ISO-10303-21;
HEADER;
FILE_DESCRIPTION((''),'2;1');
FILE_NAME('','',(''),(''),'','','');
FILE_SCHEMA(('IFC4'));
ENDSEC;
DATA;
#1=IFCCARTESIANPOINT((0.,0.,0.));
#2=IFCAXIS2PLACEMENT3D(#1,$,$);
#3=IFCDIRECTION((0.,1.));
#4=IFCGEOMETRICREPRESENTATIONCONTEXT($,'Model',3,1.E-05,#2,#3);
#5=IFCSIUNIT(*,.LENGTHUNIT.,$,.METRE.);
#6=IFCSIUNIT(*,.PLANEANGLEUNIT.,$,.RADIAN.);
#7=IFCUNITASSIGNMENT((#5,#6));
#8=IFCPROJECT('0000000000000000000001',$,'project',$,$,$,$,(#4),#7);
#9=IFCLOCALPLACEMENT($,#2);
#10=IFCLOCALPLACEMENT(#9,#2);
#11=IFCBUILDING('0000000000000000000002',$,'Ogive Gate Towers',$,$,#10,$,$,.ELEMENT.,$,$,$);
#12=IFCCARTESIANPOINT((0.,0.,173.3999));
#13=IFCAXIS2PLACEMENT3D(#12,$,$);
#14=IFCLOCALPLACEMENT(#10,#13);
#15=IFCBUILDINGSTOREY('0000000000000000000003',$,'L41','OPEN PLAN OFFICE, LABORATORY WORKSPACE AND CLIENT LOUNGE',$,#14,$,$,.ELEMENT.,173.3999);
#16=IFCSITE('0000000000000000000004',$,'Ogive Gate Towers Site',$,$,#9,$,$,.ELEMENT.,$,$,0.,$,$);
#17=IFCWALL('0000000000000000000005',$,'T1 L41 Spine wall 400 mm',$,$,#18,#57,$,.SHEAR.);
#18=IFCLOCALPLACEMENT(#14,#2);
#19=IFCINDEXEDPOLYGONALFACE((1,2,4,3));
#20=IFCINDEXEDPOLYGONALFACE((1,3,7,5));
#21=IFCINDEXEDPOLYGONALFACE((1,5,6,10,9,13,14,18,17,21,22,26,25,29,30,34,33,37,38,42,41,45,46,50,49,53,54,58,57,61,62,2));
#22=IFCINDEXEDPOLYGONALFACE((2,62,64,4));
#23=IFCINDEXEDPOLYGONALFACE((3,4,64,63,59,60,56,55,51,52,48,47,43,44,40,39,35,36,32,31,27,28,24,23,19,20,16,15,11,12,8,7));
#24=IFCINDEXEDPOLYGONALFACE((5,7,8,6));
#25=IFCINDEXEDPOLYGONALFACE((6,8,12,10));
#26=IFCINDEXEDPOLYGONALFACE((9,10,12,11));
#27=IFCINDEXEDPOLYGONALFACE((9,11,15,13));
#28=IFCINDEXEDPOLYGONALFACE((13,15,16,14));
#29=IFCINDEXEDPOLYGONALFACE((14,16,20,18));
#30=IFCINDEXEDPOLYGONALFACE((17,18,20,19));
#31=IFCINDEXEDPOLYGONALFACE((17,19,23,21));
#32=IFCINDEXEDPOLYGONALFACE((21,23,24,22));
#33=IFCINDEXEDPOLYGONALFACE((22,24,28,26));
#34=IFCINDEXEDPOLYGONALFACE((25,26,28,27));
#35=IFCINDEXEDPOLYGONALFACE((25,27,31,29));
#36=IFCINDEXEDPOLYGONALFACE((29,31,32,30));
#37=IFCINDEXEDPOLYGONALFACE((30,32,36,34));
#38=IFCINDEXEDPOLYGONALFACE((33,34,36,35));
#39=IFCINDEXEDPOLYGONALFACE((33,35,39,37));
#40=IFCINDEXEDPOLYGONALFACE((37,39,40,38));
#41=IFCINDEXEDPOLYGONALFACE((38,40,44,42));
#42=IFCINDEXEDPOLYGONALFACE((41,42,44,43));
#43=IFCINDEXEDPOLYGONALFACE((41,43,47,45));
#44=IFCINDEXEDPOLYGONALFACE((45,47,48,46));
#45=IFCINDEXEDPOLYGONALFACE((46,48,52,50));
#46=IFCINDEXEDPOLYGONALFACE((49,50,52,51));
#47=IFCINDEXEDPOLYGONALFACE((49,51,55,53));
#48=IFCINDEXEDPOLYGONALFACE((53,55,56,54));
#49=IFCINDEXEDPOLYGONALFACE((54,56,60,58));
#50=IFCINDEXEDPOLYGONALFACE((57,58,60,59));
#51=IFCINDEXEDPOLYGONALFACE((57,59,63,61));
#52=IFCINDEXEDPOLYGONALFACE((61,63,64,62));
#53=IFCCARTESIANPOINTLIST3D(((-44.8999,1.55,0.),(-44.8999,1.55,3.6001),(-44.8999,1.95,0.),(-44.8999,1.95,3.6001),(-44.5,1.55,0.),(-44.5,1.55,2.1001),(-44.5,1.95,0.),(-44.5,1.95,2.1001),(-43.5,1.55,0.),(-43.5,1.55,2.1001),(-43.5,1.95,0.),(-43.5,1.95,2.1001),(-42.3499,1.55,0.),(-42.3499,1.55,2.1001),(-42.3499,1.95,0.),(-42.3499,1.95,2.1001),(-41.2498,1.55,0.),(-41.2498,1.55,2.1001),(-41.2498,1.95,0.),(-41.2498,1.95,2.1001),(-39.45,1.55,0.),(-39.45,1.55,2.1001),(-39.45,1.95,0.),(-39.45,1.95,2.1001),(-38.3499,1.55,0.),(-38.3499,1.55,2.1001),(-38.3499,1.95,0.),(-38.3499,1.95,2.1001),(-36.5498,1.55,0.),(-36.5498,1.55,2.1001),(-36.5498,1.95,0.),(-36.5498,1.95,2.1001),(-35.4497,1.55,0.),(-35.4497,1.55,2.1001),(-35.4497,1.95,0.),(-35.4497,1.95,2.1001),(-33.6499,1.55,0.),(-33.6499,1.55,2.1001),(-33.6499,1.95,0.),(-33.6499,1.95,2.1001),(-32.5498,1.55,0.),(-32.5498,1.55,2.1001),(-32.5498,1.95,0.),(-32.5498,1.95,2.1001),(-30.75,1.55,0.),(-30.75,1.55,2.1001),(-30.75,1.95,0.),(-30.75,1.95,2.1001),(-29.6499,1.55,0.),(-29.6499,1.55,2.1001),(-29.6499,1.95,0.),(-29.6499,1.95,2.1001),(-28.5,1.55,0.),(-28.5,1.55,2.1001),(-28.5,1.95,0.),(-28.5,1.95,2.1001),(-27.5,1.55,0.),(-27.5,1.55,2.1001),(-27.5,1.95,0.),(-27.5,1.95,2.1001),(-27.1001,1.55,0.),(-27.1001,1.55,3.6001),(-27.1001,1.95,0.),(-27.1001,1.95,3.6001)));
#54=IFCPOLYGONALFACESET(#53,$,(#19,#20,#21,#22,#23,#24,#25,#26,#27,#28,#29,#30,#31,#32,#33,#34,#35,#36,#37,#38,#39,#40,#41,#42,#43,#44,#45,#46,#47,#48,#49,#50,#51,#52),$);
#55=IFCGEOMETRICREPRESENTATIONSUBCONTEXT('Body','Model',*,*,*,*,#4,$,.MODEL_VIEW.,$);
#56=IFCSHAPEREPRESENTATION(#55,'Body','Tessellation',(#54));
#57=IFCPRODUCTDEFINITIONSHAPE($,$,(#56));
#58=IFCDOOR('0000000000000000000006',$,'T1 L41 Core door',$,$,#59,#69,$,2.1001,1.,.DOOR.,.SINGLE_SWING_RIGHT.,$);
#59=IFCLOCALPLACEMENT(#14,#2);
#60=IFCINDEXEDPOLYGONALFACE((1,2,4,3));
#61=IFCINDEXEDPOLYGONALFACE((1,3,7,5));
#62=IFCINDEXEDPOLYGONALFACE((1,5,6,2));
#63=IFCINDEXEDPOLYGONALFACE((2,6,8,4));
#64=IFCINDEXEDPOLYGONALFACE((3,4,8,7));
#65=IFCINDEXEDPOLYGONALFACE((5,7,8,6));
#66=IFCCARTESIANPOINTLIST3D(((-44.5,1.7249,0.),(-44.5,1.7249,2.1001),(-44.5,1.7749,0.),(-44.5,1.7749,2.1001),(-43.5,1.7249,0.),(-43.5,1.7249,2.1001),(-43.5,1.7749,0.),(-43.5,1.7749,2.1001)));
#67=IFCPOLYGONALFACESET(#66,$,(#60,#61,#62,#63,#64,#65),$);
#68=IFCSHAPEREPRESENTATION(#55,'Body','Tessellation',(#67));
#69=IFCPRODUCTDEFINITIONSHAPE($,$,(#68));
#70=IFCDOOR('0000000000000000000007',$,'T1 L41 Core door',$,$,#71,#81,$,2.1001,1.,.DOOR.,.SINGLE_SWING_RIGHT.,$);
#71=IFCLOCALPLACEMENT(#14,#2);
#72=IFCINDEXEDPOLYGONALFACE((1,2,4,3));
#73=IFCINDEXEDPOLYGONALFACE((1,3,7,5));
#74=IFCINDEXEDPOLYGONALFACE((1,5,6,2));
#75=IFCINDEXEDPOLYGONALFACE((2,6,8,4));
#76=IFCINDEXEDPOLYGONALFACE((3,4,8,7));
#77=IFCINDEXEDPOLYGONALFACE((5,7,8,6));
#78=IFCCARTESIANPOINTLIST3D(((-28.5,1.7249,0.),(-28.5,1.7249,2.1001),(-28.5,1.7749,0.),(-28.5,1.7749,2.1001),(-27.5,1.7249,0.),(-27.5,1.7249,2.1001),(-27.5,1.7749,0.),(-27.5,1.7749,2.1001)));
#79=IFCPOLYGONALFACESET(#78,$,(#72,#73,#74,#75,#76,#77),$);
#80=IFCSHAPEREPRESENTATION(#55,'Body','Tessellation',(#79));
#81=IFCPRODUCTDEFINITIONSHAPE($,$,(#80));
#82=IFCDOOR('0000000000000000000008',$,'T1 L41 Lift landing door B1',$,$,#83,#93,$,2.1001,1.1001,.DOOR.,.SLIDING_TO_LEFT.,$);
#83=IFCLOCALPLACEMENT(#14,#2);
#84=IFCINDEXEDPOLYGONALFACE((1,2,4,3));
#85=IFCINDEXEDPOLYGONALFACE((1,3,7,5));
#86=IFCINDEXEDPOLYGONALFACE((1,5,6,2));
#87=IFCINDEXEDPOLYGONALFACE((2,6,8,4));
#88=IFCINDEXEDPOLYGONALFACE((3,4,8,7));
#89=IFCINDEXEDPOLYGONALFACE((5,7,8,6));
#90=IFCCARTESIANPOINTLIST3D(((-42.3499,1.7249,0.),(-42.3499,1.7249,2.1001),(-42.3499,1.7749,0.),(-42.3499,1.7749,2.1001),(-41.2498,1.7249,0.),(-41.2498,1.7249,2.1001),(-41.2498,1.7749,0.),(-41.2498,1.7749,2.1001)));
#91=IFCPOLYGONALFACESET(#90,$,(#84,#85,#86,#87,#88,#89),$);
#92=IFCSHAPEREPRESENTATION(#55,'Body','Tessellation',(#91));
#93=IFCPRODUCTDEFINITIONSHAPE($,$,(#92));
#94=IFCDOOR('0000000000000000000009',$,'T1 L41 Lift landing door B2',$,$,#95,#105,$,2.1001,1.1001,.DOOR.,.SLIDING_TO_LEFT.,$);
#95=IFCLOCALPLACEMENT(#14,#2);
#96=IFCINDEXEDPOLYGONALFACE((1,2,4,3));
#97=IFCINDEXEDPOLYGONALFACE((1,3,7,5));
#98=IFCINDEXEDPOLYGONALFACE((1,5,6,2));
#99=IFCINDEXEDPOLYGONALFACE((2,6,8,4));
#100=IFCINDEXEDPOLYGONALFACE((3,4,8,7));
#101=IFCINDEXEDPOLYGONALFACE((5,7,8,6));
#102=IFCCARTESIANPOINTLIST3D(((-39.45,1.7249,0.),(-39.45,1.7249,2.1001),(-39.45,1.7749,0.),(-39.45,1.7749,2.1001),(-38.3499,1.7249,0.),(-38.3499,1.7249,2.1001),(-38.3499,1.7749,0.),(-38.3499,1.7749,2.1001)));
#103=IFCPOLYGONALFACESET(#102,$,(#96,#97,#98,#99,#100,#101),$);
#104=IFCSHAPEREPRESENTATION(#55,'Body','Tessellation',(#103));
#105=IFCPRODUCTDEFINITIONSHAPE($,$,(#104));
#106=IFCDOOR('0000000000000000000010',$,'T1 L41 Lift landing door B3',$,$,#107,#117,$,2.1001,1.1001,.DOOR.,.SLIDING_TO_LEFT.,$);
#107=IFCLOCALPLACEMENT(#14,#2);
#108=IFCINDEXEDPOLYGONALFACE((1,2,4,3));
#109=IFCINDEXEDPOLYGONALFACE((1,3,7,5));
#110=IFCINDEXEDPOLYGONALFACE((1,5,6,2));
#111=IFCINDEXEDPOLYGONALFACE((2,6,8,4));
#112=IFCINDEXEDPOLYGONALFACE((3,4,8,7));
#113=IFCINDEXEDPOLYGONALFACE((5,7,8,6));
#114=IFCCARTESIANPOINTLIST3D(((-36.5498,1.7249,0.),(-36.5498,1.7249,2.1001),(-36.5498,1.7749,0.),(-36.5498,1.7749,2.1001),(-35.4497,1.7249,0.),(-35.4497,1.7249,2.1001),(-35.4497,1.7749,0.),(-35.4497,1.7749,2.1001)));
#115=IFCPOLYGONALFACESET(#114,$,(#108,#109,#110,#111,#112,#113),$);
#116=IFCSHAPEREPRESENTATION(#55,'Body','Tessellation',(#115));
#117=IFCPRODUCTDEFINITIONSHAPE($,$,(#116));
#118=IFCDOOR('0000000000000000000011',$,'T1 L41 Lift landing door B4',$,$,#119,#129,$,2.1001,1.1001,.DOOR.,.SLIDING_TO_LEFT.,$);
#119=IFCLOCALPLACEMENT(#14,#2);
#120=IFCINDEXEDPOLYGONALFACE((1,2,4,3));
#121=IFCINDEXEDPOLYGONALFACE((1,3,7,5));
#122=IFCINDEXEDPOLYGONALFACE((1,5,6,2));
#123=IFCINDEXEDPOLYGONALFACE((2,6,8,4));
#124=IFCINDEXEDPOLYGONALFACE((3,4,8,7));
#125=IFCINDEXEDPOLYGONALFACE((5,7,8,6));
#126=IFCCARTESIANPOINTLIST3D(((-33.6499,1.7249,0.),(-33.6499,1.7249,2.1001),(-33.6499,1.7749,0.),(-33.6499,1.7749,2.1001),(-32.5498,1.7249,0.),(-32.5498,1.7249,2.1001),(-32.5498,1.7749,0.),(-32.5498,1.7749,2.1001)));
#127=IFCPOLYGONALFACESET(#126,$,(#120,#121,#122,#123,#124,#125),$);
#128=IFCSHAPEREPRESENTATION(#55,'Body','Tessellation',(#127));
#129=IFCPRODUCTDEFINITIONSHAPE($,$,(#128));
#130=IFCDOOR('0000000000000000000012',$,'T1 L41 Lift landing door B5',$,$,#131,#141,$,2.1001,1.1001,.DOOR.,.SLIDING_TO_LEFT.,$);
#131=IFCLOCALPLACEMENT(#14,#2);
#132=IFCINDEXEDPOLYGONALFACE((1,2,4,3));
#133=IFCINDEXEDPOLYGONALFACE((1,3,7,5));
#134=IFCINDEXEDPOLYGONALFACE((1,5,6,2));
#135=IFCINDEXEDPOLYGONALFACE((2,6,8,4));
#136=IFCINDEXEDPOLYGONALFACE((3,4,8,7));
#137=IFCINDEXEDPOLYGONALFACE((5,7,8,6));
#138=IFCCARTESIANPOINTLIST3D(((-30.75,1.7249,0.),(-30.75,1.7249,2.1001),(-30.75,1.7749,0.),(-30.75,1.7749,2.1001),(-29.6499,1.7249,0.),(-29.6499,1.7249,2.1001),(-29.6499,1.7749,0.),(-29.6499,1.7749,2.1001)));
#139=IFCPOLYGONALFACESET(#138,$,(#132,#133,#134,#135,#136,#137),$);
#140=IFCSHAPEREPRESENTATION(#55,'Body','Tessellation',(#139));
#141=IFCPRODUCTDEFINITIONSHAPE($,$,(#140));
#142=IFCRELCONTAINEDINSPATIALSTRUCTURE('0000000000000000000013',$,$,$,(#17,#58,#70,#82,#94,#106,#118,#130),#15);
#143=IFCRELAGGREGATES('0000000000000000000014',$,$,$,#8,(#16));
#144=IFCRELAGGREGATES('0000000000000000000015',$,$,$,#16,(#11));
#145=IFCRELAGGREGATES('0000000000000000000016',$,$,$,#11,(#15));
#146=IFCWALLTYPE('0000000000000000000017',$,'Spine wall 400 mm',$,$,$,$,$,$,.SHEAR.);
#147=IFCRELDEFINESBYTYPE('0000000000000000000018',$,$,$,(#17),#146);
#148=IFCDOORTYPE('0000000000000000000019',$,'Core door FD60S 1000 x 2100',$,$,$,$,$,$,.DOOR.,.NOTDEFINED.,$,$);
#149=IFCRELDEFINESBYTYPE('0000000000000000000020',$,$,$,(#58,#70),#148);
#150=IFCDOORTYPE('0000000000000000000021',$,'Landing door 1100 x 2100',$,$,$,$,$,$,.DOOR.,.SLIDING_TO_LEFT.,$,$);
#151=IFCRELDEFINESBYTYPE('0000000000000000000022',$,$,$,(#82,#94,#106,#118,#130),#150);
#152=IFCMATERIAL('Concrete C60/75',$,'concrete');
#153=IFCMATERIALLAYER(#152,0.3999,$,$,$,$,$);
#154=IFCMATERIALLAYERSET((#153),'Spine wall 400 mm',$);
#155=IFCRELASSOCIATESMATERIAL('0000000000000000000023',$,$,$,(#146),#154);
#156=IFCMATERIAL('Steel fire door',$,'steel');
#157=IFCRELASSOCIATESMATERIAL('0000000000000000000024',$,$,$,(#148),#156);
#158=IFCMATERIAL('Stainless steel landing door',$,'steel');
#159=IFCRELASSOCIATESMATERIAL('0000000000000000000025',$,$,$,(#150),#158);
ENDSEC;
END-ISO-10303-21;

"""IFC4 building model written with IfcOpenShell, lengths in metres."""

from ifc_helpers import new_model, si_unit, direction, frame, frame_2d, origin, place, context, subcontext, project, spatial, rectangle, extrude, material, layer, layer_set, type_object, element, fill, save


model = new_model("IFC4")

# Units and contexts
model_context = context("Model", 3, precision=1e-05, world=origin(), true_north=direction((0.0, 1.0)))
body_context = subcontext(model_context, "Body", "Model", "MODEL_VIEW")
ifc_project = project(units=[si_unit("LENGTHUNIT", "METRE"), si_unit("PLANEANGLEUNIT", "RADIAN")], contexts=[model_context])

# Site, building, storey
site_placement = place(None, origin())
site = spatial("IfcSite", under=ifc_project, at=site_placement, Name="Ogive Gate Towers Site", CompositionType="ELEMENT", RefElevation=0.0)
building_placement = place(site_placement, origin())
building = spatial("IfcBuilding", under=site, at=building_placement, Name="Ogive Gate Towers", CompositionType="ELEMENT")
storey_placement = place(building_placement, frame((0.0, 0.0, 173.3999)))
storey = spatial("IfcBuildingStorey", under=building, at=storey_placement, Name="L41", Description="OPEN PLAN OFFICE, LABORATORY WORKSPACE AND CLIENT LOUNGE", CompositionType="ELEMENT", Elevation=173.3999)

# Shared definitions
ifc_material_1 = material(Name="Concrete C60/75", Category="concrete")

# Shared definitions
ifc_material_2 = material(Name="Stainless steel landing door", Category="steel")

# Wall, openings, doors
ifc_layer_1 = layer(ifc_material_1, 0.3999)
ifc_layer_set_1 = layer_set([ifc_layer_1], Name="Spine wall 400 mm")
wall_type_1 = type_object("IfcWallType", Name="Spine wall 400 mm", PredefinedType="SHEAR", material=ifc_layer_set_1)
ifc_material_3 = material(Name="Steel fire door", Category="steel")
door_type_1 = type_object("IfcDoorType", Name="Core door FD60S 1000 x 2100", OperationType="NOTDEFINED", PredefinedType="DOOR", material=ifc_material_3)
door_type_2 = type_object("IfcDoorType", Name="Landing door 1100 x 2100", OperationType="SLIDING_TO_LEFT", PredefinedType="DOOR", material=ifc_material_2)
wall_1_placement = place(storey_placement, frame((-44.8999, 1.75, 0.0), z_axis=(0.0, 0.0, 1.0), x_axis=(1.0, 0.0, 0.0)))
wall_1 = element("IfcWall", 1, at=wall_1_placement, inside=storey, type_object=wall_type_1, Name="T1 L41 Spine wall 400 mm", PredefinedType="SHEAR", context=body_context, shape_type="SweptSolid", body=[
    extrude(rectangle(XDim=17.7998, YDim=0.3999, at=frame_2d((8.8999, 0.0))), origin(), (0.0, 0.0, 1.0), 3.6001),
])
opening_1_placement = place(wall_1_placement, frame((0.3999, 0.0, 0.0)))
opening_1 = element("IfcOpeningElement", 2, at=opening_1_placement, cuts=wall_1, PredefinedType="OPENING", context=body_context, shape_type="SweptSolid", body=[
    extrude(rectangle(XDim=1.0, YDim=2.1001, at=frame_2d((0.5, 1.05))), frame((0.0, 0.21, 0.0), z_axis=(0.0, -1.0, 0.0), x_axis=(1.0, 0.0, 0.0)), (0.0, 0.0, 1.0), 0.4199),
])
opening_2_placement = place(wall_1_placement, frame((2.55, 0.0, 0.0)))
opening_2 = element("IfcOpeningElement", 3, at=opening_2_placement, cuts=wall_1, PredefinedType="OPENING", context=body_context, shape_type="SweptSolid", body=[
    extrude(rectangle(XDim=1.1001, YDim=2.1001, at=frame_2d((0.55, 1.05))), frame((0.0, 0.21, 0.0), z_axis=(0.0, -1.0, 0.0), x_axis=(1.0, 0.0, 0.0)), (0.0, 0.0, 1.0), 0.4199),
])
opening_3_placement = place(wall_1_placement, frame((5.45, 0.0, 0.0)))
opening_3 = element("IfcOpeningElement", 4, at=opening_3_placement, cuts=wall_1, PredefinedType="OPENING", context=body_context, shape_type="SweptSolid", body=[
    extrude(rectangle(XDim=1.1001, YDim=2.1001, at=frame_2d((0.55, 1.05))), frame((0.0, 0.21, 0.0), z_axis=(0.0, -1.0, 0.0), x_axis=(1.0, 0.0, 0.0)), (0.0, 0.0, 1.0), 0.4199),
])
opening_4_placement = place(wall_1_placement, frame((8.3501, 0.0, 0.0)))
opening_4 = element("IfcOpeningElement", 5, at=opening_4_placement, cuts=wall_1, PredefinedType="OPENING", context=body_context, shape_type="SweptSolid", body=[
    extrude(rectangle(XDim=1.1001, YDim=2.1001, at=frame_2d((0.55, 1.05))), frame((0.0, 0.21, 0.0), z_axis=(0.0, -1.0, 0.0), x_axis=(1.0, 0.0, 0.0)), (0.0, 0.0, 1.0), 0.4199),
])
opening_5_placement = place(wall_1_placement, frame((11.25, 0.0, 0.0)))
opening_5 = element("IfcOpeningElement", 6, at=opening_5_placement, cuts=wall_1, PredefinedType="OPENING", context=body_context, shape_type="SweptSolid", body=[
    extrude(rectangle(XDim=1.1001, YDim=2.1001, at=frame_2d((0.55, 1.05))), frame((0.0, 0.21, 0.0), z_axis=(0.0, -1.0, 0.0), x_axis=(1.0, 0.0, 0.0)), (0.0, 0.0, 1.0), 0.4199),
])
opening_6_placement = place(wall_1_placement, frame((14.1499, 0.0, 0.0)))
opening_6 = element("IfcOpeningElement", 7, at=opening_6_placement, cuts=wall_1, PredefinedType="OPENING", context=body_context, shape_type="SweptSolid", body=[
    extrude(rectangle(XDim=1.1001, YDim=2.1001, at=frame_2d((0.55, 1.05))), frame((0.0, 0.21, 0.0), z_axis=(0.0, -1.0, 0.0), x_axis=(1.0, 0.0, 0.0)), (0.0, 0.0, 1.0), 0.4199),
])
opening_7_placement = place(wall_1_placement, frame((16.3999, 0.0, 0.0)))
opening_7 = element("IfcOpeningElement", 8, at=opening_7_placement, cuts=wall_1, PredefinedType="OPENING", context=body_context, shape_type="SweptSolid", body=[
    extrude(rectangle(XDim=1.0, YDim=2.1001, at=frame_2d((0.5, 1.05))), frame((0.0, 0.21, 0.0), z_axis=(0.0, -1.0, 0.0), x_axis=(1.0, 0.0, 0.0)), (0.0, 0.0, 1.0), 0.4199),
])
door_1_placement = place(opening_1_placement, origin())
door_1 = element("IfcDoor", 9, at=door_1_placement, inside=storey, type_object=door_type_1, Name="T1 L41 Core door", OperationType="SINGLE_SWING_RIGHT", OverallHeight=2.1001, OverallWidth=1.0, PredefinedType="DOOR", context=body_context, shape_type="SweptSolid", body=[
    extrude(rectangle(XDim=1.0, YDim=2.1001, at=frame_2d((0.5, 1.05))), frame((0.0, 0.0249, 0.0), z_axis=(0.0, -1.0, 0.0), x_axis=(1.0, 0.0, 0.0)), (0.0, 0.0, 1.0), 0.05),
])
fill(opening_1, door_1)
door_2_placement = place(opening_7_placement, origin())
door_2 = element("IfcDoor", 10, at=door_2_placement, inside=storey, type_object=door_type_1, Name="T1 L41 Core door", OperationType="SINGLE_SWING_RIGHT", OverallHeight=2.1001, OverallWidth=1.0, PredefinedType="DOOR", context=body_context, shape_type="SweptSolid", body=[
    extrude(rectangle(XDim=1.0, YDim=2.1001, at=frame_2d((0.5, 1.05))), frame((0.0, 0.0249, 0.0), z_axis=(0.0, -1.0, 0.0), x_axis=(1.0, 0.0, 0.0)), (0.0, 0.0, 1.0), 0.05),
])
fill(opening_7, door_2)
door_3_placement = place(opening_2_placement, origin())
door_3 = element("IfcDoor", 11, at=door_3_placement, inside=storey, type_object=door_type_2, Name="T1 L41 Lift landing door B1", OperationType="SLIDING_TO_LEFT", OverallHeight=2.1001, OverallWidth=1.1001, PredefinedType="DOOR", context=body_context, shape_type="SweptSolid", body=[
    extrude(rectangle(XDim=1.1001, YDim=2.1001, at=frame_2d((0.55, 1.05))), frame((0.0, 0.0249, 0.0), z_axis=(0.0, -1.0, 0.0), x_axis=(1.0, 0.0, 0.0)), (0.0, 0.0, 1.0), 0.05),
])
fill(opening_2, door_3)
door_4_placement = place(opening_3_placement, origin())
door_4 = element("IfcDoor", 12, at=door_4_placement, inside=storey, type_object=door_type_2, Name="T1 L41 Lift landing door B2", OperationType="SLIDING_TO_LEFT", OverallHeight=2.1001, OverallWidth=1.1001, PredefinedType="DOOR", context=body_context, shape_type="SweptSolid", body=[
    extrude(rectangle(XDim=1.1001, YDim=2.1001, at=frame_2d((0.55, 1.05))), frame((0.0, 0.0249, 0.0), z_axis=(0.0, -1.0, 0.0), x_axis=(1.0, 0.0, 0.0)), (0.0, 0.0, 1.0), 0.05),
])
fill(opening_3, door_4)
door_5_placement = place(opening_4_placement, origin())
door_5 = element("IfcDoor", 13, at=door_5_placement, inside=storey, type_object=door_type_2, Name="T1 L41 Lift landing door B3", OperationType="SLIDING_TO_LEFT", OverallHeight=2.1001, OverallWidth=1.1001, PredefinedType="DOOR", context=body_context, shape_type="SweptSolid", body=[
    extrude(rectangle(XDim=1.1001, YDim=2.1001, at=frame_2d((0.55, 1.05))), frame((0.0, 0.0249, 0.0), z_axis=(0.0, -1.0, 0.0), x_axis=(1.0, 0.0, 0.0)), (0.0, 0.0, 1.0), 0.05),
])
fill(opening_4, door_5)
door_6_placement = place(opening_5_placement, origin())
door_6 = element("IfcDoor", 14, at=door_6_placement, inside=storey, type_object=door_type_2, Name="T1 L41 Lift landing door B4", OperationType="SLIDING_TO_LEFT", OverallHeight=2.1001, OverallWidth=1.1001, PredefinedType="DOOR", context=body_context, shape_type="SweptSolid", body=[
    extrude(rectangle(XDim=1.1001, YDim=2.1001, at=frame_2d((0.55, 1.05))), frame((0.0, 0.0249, 0.0), z_axis=(0.0, -1.0, 0.0), x_axis=(1.0, 0.0, 0.0)), (0.0, 0.0, 1.0), 0.05),
])
fill(opening_5, door_6)
door_7_placement = place(opening_6_placement, origin())
door_7 = element("IfcDoor", 15, at=door_7_placement, inside=storey, type_object=door_type_2, Name="T1 L41 Lift landing door B5", OperationType="SLIDING_TO_LEFT", OverallHeight=2.1001, OverallWidth=1.1001, PredefinedType="DOOR", context=body_context, shape_type="SweptSolid", body=[
    extrude(rectangle(XDim=1.1001, YDim=2.1001, at=frame_2d((0.55, 1.05))), frame((0.0, 0.0249, 0.0), z_axis=(0.0, -1.0, 0.0), x_axis=(1.0, 0.0, 0.0)), (0.0, 0.0, 1.0), 0.05),
])
fill(opening_6, door_7)

save(model, "model.ifc")
